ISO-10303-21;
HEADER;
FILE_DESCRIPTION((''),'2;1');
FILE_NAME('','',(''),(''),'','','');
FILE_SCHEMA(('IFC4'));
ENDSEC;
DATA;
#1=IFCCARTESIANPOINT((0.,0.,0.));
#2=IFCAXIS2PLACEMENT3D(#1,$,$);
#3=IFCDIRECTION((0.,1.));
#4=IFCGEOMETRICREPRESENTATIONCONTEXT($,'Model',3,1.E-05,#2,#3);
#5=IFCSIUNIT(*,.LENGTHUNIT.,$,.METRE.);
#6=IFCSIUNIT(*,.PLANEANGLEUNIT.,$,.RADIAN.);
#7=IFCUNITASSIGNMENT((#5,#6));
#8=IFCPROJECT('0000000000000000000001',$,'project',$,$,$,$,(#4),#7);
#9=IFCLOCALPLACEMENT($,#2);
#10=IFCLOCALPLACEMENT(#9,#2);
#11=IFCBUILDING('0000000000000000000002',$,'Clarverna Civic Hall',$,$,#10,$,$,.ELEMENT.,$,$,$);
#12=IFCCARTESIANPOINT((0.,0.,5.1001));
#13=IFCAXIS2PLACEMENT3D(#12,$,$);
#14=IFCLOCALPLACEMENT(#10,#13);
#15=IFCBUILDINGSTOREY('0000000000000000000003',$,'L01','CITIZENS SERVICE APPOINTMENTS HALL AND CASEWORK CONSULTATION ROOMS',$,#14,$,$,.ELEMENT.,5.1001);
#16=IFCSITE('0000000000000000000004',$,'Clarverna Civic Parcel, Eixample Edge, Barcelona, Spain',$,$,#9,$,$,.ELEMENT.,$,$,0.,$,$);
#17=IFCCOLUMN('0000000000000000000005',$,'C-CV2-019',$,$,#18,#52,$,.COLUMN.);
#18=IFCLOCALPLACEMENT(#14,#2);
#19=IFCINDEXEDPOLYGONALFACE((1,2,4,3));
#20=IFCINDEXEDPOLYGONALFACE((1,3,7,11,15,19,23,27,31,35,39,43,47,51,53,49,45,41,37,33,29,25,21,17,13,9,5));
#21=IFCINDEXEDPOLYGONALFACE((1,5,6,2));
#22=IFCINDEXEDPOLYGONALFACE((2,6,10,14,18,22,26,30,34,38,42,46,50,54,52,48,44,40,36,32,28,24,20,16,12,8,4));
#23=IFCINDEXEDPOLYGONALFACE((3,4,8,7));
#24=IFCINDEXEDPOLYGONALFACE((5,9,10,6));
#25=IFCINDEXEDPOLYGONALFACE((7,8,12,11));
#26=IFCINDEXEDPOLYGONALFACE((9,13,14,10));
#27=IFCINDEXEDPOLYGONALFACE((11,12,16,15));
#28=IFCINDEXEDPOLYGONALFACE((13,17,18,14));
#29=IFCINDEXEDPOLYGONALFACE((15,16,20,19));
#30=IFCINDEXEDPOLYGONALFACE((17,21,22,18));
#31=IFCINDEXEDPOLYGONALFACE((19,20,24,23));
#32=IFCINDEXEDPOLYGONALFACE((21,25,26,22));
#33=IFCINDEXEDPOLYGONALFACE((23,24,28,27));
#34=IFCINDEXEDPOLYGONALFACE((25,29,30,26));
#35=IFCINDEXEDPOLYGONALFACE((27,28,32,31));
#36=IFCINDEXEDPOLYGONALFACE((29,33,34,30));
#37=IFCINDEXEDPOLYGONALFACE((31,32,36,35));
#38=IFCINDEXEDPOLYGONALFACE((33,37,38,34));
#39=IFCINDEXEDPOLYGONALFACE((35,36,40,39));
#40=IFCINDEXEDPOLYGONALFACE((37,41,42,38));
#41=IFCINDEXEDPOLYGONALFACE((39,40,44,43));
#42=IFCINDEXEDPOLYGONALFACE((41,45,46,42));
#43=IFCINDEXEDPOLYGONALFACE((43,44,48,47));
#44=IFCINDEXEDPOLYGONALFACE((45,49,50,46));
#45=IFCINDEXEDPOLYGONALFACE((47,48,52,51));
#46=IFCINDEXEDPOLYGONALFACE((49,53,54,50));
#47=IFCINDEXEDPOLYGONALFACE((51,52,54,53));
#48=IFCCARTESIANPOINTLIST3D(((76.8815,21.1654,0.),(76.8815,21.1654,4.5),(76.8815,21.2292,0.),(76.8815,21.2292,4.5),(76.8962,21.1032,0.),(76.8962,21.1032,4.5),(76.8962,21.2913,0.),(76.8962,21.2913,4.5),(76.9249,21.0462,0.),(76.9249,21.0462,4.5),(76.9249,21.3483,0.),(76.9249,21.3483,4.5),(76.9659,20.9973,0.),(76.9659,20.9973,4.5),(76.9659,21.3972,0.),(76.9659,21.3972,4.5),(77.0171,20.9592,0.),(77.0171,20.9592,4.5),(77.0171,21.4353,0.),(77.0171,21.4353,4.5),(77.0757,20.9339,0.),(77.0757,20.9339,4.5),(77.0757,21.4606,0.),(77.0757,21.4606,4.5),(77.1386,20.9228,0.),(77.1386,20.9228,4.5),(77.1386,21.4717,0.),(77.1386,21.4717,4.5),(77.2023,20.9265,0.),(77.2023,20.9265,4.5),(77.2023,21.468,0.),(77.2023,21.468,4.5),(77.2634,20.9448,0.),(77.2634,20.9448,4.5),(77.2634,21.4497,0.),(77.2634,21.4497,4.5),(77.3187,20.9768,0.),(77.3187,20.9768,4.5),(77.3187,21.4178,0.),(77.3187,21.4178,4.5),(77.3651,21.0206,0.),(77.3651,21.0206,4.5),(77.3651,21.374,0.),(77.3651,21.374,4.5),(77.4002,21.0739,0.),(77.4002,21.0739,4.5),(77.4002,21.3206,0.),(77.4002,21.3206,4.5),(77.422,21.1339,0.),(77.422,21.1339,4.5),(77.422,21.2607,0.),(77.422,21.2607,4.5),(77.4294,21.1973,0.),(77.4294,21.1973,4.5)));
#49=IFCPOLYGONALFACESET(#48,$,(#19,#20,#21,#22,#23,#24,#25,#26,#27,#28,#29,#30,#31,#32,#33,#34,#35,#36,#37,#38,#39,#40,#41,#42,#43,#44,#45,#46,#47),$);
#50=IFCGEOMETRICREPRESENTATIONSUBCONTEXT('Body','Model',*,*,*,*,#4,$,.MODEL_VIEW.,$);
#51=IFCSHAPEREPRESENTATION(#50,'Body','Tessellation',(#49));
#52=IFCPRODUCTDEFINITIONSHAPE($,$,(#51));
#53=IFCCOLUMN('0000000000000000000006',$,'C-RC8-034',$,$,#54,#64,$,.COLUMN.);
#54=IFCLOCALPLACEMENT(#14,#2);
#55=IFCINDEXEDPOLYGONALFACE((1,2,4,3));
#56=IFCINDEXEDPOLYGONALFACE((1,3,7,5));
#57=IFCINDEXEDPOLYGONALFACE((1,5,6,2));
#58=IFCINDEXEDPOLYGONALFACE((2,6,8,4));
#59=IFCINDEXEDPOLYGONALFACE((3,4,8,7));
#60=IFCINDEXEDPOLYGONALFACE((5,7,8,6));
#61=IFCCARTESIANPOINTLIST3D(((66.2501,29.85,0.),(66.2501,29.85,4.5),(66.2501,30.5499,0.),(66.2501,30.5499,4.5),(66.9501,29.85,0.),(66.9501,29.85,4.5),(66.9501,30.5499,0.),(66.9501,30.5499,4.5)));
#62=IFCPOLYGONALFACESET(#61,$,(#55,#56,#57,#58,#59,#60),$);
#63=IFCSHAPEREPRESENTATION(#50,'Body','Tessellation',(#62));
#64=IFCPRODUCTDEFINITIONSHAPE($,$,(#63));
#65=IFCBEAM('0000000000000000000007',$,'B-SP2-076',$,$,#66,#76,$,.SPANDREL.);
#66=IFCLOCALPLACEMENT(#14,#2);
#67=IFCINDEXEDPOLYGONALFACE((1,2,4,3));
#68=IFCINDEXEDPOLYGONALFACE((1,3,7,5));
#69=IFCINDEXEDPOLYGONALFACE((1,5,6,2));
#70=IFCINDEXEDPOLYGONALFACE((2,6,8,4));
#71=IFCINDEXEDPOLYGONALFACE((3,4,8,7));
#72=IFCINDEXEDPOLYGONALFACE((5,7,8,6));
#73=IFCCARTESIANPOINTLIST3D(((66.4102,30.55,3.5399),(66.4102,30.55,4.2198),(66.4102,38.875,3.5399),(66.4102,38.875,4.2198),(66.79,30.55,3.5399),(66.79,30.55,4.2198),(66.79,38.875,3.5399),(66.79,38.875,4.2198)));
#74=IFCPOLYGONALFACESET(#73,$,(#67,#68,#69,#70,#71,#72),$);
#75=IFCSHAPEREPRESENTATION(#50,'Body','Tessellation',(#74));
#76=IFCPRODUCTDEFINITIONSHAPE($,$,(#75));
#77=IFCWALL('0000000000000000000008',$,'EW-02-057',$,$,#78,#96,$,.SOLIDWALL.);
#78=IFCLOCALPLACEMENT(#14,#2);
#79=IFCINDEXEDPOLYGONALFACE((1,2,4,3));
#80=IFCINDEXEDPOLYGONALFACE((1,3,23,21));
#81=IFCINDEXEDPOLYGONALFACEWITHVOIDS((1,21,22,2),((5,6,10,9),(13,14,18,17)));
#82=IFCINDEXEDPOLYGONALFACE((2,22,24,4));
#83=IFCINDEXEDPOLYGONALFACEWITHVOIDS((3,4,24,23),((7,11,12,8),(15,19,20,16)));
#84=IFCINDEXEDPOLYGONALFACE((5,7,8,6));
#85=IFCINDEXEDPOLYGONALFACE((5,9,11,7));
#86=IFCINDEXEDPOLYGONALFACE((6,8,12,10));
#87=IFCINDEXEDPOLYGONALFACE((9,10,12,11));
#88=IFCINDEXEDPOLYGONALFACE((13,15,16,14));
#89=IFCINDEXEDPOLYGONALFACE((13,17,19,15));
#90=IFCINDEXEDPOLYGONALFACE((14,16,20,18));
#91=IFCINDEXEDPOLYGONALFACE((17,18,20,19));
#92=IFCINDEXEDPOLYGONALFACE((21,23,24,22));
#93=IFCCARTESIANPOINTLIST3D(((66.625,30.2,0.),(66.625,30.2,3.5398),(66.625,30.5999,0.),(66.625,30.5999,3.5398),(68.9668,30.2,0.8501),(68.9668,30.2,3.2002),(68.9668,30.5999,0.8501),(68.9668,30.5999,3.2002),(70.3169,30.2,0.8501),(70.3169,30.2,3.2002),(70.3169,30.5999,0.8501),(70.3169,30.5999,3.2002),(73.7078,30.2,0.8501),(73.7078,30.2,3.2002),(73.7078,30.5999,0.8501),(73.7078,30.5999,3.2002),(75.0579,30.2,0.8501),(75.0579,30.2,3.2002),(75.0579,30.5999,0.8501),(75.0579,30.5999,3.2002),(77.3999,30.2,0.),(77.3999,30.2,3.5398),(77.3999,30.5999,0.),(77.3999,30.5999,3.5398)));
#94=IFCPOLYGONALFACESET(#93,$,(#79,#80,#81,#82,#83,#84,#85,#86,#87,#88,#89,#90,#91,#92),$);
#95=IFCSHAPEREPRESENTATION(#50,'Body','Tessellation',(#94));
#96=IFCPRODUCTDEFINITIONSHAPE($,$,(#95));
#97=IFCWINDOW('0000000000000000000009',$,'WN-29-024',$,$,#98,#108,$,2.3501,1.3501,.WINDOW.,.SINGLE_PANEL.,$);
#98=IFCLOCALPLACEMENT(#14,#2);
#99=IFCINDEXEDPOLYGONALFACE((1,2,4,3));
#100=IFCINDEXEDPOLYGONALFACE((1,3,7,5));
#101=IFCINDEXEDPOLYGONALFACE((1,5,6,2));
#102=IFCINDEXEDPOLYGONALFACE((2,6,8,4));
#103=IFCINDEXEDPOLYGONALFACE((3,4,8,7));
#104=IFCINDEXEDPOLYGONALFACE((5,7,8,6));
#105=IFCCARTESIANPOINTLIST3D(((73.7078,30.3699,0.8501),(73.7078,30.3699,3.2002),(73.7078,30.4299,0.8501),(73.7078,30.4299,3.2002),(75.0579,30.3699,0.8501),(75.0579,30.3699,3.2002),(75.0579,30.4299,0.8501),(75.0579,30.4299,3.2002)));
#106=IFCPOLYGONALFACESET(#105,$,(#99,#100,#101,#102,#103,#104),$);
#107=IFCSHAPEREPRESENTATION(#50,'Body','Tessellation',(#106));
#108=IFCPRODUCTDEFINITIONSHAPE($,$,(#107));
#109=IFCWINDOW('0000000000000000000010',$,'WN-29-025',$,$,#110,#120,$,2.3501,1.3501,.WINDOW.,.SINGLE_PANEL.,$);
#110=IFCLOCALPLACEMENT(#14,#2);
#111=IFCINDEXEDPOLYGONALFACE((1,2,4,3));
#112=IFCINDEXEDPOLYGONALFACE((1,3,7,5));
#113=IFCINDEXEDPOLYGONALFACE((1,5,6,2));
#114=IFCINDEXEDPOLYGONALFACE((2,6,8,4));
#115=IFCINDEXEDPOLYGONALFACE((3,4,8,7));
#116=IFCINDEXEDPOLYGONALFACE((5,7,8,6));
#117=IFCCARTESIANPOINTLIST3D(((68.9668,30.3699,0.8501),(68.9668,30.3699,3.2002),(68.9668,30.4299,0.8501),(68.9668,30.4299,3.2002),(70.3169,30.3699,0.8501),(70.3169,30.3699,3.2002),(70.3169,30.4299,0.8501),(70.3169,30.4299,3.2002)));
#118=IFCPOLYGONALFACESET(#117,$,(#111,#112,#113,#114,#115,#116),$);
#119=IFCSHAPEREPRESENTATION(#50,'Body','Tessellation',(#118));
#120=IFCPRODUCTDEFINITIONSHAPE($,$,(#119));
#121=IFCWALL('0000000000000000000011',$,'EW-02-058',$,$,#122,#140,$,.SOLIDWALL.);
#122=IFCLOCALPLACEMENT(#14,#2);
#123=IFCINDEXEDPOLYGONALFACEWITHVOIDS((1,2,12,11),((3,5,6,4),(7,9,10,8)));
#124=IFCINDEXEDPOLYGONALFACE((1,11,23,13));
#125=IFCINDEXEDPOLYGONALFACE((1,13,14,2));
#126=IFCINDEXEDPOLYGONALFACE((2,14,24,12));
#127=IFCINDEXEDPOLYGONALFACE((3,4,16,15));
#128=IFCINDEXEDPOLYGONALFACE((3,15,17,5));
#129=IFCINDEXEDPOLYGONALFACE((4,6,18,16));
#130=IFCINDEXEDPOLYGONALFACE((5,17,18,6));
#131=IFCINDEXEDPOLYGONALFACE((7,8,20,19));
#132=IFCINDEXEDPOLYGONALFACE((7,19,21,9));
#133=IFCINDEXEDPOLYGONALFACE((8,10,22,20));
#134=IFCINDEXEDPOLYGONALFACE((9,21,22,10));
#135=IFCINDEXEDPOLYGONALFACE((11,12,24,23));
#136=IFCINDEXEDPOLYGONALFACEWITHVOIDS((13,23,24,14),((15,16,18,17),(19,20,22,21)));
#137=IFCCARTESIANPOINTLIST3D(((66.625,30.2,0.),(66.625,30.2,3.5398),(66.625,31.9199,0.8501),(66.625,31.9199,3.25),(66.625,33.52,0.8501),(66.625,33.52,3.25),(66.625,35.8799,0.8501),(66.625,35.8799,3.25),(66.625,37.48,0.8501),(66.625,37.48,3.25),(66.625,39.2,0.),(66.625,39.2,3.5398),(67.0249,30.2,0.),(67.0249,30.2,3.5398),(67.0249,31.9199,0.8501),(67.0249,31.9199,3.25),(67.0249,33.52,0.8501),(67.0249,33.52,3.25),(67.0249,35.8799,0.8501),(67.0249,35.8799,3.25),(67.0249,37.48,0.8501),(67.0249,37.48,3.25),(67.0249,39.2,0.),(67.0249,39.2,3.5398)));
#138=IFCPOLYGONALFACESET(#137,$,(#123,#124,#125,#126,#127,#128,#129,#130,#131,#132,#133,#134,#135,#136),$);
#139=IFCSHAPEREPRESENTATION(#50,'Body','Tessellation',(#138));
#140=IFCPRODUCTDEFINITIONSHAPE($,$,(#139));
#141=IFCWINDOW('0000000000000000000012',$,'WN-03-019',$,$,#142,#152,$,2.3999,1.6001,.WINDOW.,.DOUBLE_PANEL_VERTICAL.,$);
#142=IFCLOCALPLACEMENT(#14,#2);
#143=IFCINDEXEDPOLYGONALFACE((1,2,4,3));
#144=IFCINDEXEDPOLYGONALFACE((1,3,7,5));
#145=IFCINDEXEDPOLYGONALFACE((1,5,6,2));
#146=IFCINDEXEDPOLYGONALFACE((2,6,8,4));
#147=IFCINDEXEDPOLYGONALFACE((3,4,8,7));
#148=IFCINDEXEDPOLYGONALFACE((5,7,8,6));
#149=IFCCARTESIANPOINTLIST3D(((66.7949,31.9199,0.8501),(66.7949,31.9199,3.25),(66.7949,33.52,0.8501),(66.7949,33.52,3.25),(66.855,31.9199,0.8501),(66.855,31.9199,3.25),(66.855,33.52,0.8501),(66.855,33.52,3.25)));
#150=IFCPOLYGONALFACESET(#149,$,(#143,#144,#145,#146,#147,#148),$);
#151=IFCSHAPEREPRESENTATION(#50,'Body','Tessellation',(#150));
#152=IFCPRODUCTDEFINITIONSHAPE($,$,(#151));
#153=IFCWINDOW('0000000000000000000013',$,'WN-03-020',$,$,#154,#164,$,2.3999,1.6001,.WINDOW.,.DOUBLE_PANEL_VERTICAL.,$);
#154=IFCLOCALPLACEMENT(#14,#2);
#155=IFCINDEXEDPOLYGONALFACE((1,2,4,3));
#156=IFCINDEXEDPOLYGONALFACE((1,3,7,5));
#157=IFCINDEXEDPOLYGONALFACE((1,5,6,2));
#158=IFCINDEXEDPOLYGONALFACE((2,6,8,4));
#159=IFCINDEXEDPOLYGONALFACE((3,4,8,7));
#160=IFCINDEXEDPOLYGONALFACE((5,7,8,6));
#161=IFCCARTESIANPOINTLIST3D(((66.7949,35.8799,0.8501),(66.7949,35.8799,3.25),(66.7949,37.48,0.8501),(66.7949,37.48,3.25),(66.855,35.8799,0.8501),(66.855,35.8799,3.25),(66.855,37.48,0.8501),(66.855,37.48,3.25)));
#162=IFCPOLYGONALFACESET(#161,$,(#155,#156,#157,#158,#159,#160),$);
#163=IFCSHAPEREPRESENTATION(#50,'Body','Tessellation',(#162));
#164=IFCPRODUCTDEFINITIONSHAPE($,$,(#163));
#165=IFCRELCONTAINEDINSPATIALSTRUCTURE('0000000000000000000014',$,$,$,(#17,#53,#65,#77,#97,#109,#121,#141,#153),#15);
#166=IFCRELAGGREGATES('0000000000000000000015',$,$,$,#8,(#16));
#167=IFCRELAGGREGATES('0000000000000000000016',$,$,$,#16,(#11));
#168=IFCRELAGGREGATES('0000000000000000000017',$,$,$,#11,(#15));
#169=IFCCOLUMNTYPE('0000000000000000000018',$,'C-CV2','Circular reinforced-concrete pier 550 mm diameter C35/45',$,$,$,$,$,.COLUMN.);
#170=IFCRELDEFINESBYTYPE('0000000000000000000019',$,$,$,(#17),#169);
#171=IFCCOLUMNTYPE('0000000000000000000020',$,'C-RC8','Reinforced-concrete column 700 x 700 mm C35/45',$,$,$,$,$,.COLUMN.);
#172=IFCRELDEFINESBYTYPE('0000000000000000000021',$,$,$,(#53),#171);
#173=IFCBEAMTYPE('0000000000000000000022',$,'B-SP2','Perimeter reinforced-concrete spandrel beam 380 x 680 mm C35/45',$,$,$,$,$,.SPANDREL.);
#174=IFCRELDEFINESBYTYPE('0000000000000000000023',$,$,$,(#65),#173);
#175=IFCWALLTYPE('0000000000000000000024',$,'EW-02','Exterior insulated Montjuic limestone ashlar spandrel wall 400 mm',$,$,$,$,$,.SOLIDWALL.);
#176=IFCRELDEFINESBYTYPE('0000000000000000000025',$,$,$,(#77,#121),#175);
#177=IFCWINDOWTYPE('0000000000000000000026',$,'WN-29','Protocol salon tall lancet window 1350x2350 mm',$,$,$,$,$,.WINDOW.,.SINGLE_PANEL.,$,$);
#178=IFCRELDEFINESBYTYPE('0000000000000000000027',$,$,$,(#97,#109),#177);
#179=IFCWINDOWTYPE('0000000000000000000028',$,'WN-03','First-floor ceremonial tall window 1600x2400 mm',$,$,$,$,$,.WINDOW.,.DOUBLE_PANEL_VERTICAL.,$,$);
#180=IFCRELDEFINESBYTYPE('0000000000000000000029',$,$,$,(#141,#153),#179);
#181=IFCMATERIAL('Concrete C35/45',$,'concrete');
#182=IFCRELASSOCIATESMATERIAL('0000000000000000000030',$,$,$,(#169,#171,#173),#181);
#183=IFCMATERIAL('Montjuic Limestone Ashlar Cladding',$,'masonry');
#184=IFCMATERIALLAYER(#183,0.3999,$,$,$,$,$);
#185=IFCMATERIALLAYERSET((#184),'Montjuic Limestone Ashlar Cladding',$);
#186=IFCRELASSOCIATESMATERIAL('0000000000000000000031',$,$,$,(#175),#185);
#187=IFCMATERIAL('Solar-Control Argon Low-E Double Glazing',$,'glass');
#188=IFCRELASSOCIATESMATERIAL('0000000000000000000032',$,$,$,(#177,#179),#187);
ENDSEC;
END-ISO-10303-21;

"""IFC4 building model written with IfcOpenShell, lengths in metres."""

from ifc_helpers import new_model, si_unit, direction, frame, frame_2d, origin, origin_2d, place, context, subcontext, project, spatial, rectangle, circle, extrude, material, layer, layer_set, material_profile, profile_set, type_object, element, fill, save


model = new_model("IFC4")

# Units and contexts
model_context = context("Model", 3, precision=1e-05, world=origin(), true_north=direction((0.0, 1.0)))
body_context = subcontext(model_context, "Body", "Model", "MODEL_VIEW")
ifc_project = project(units=[si_unit("LENGTHUNIT", "METRE"), si_unit("PLANEANGLEUNIT", "RADIAN")], contexts=[model_context])

# Site, building, storey
site_placement = place(None, origin())
site = spatial("IfcSite", under=ifc_project, at=site_placement, Name="Clarverna Civic Parcel, Eixample Edge, Barcelona, Spain", CompositionType="ELEMENT", RefElevation=0.0)
building_placement = place(site_placement, origin())
building = spatial("IfcBuilding", under=site, at=building_placement, Name="Clarverna Civic Hall", CompositionType="ELEMENT")
storey_placement = place(building_placement, frame((0.0, 0.0, 5.1001)))
storey = spatial("IfcBuildingStorey", under=building, at=storey_placement, Name="L01", Description="CITIZENS SERVICE APPOINTMENTS HALL AND CASEWORK CONSULTATION ROOMS", CompositionType="ELEMENT", Elevation=5.1001)

# Columns
ifc_material_1 = material(Name="Concrete C35/45", Category="concrete")
ifc_material_profile_1 = material_profile(ifc_material_1, circle(Radius=0.2749, at=origin_2d()), Name="RC D550")
ifc_profile_set_1 = profile_set([ifc_material_profile_1], Name="Concrete C35/45")
column_type_1 = type_object("IfcColumnType", Name="C-CV2", Description="Circular reinforced-concrete pier 550 mm diameter C35/45", PredefinedType="COLUMN", material=ifc_profile_set_1)
column_1_placement = place(storey_placement, frame((77.1545, 21.1973, 0.0), z_axis=(0.0, 0.0, 1.0), x_axis=(1.0, 0.0, 0.0)))
element("IfcColumn", 1, at=column_1_placement, inside=storey, type_object=column_type_1, Name="C-CV2-019", PredefinedType="COLUMN", context=body_context, shape_type="SweptSolid", body=[
    extrude(circle(Radius=0.2749, at=origin_2d()), origin(), (0.0, 0.0, 1.0), 4.5),
])
ifc_material_profile_2 = material_profile(ifc_material_1, rectangle(XDim=0.7, YDim=0.7, at=origin_2d()), Name="RC 700x700")
ifc_profile_set_2 = profile_set([ifc_material_profile_2], Name="Concrete C35/45")
column_type_2 = type_object("IfcColumnType", Name="C-RC8", Description="Reinforced-concrete column 700 x 700 mm C35/45", PredefinedType="COLUMN", material=ifc_profile_set_2)
column_2_placement = place(storey_placement, frame((66.6001, 30.2, 0.0), z_axis=(0.0, 0.0, 1.0), x_axis=(1.0, 0.0, 0.0)))
element("IfcColumn", 2, at=column_2_placement, inside=storey, type_object=column_type_2, Name="C-RC8-034", PredefinedType="COLUMN", context=body_context, shape_type="SweptSolid", body=[
    extrude(rectangle(XDim=0.7, YDim=0.7, at=origin_2d()), origin(), (0.0, 0.0, 1.0), 4.5),
])

# Beam
ifc_material_profile_3 = material_profile(ifc_material_1, rectangle(XDim=0.3799, YDim=0.6799, at=origin_2d()), Name="RC 380x680")
ifc_profile_set_3 = profile_set([ifc_material_profile_3], Name="Concrete C35/45")
beam_type = type_object("IfcBeamType", Name="B-SP2", Description="Perimeter reinforced-concrete spandrel beam 380 x 680 mm C35/45", PredefinedType="SPANDREL", material=ifc_profile_set_3)
beam_placement = place(storey_placement, frame((66.6001, 30.55, 3.8799), z_axis=(0.0, 1.0, 0.0), x_axis=(-1.0, 0.0, 0.0)))
element("IfcBeam", 3, at=beam_placement, inside=storey, type_object=beam_type, Name="B-SP2-076", PredefinedType="SPANDREL", context=body_context, shape_type="SweptSolid", body=[
    extrude(rectangle(XDim=0.3799, YDim=0.6799, at=origin_2d()), origin(), (0.0, 0.0, 1.0), 8.325),
])

# Walls, openings, windows
ifc_material_2 = material(Name="Montjuic Limestone Ashlar Cladding", Category="masonry")
ifc_layer_1 = layer(ifc_material_2, 0.3999)
ifc_layer_set_1 = layer_set([ifc_layer_1], Name="Montjuic Limestone Ashlar Cladding")
wall_type_1 = type_object("IfcWallType", Name="EW-02", Description="Exterior insulated Montjuic limestone ashlar spandrel wall 400 mm", PredefinedType="SOLIDWALL", material=ifc_layer_set_1)
wall_1_placement = place(storey_placement, frame((77.3999, 30.3999, 0.0), z_axis=(0.0, 0.0, 1.0), x_axis=(-1.0, 0.0, 0.0)))
wall_1 = element("IfcWall", 4, at=wall_1_placement, inside=storey, type_object=wall_type_1, Name="EW-02-057", PredefinedType="SOLIDWALL", context=body_context, shape_type="SweptSolid", body=[
    extrude(rectangle(XDim=10.7749, YDim=0.3999, at=frame_2d((5.3875, 0.0))), origin(), (0.0, 0.0, 1.0), 3.5398),
])
opening_1_placement = place(wall_1_placement, frame((2.342, 0.0, 0.8501)))
opening_1 = element("IfcOpeningElement", 5, at=opening_1_placement, cuts=wall_1, PredefinedType="OPENING", context=body_context, shape_type="SweptSolid", body=[
    extrude(rectangle(XDim=1.3501, YDim=2.3501, at=frame_2d((0.675, 1.175))), frame((0.0, 0.21, 0.0), z_axis=(0.0, -1.0, 0.0), x_axis=(1.0, 0.0, 0.0)), (0.0, 0.0, 1.0), 0.4199),
])
opening_2_placement = place(wall_1_placement, frame((7.083, 0.0, 0.8501)))
opening_2 = element("IfcOpeningElement", 6, at=opening_2_placement, cuts=wall_1, PredefinedType="OPENING", context=body_context, shape_type="SweptSolid", body=[
    extrude(rectangle(XDim=1.3501, YDim=2.3501, at=frame_2d((0.675, 1.175))), frame((0.0, 0.21, 0.0), z_axis=(0.0, -1.0, 0.0), x_axis=(1.0, 0.0, 0.0)), (0.0, 0.0, 1.0), 0.4199),
])
ifc_material_3 = material(Name="Solar-Control Argon Low-E Double Glazing", Category="glass")
window_type_1 = type_object("IfcWindowType", Name="WN-29", Description="Protocol salon tall lancet window 1350x2350 mm", PartitioningType="SINGLE_PANEL", PredefinedType="WINDOW", material=ifc_material_3)
window_1_placement = place(opening_1_placement, origin())
window_1 = element("IfcWindow", 7, at=window_1_placement, inside=storey, type_object=window_type_1, Name="WN-29-024", OverallHeight=2.3501, OverallWidth=1.3501, PartitioningType="SINGLE_PANEL", PredefinedType="WINDOW", context=body_context, shape_type="SweptSolid", body=[
    extrude(rectangle(XDim=1.3501, YDim=2.3501, at=frame_2d((0.675, 1.175))), frame((0.0, 0.03, 0.0), z_axis=(0.0, -1.0, 0.0), x_axis=(1.0, 0.0, 0.0)), (0.0, 0.0, 1.0), 0.0601),
])
fill(opening_1, window_1)
window_2_placement = place(opening_2_placement, origin())
window_2 = element("IfcWindow", 8, at=window_2_placement, inside=storey, type_object=window_type_1, Name="WN-29-025", OverallHeight=2.3501, OverallWidth=1.3501, PartitioningType="SINGLE_PANEL", PredefinedType="WINDOW", context=body_context, shape_type="SweptSolid", body=[
    extrude(rectangle(XDim=1.3501, YDim=2.3501, at=frame_2d((0.675, 1.175))), frame((0.0, 0.03, 0.0), z_axis=(0.0, -1.0, 0.0), x_axis=(1.0, 0.0, 0.0)), (0.0, 0.0, 1.0), 0.0601),
])
fill(opening_2, window_2)
wall_2_placement = place(storey_placement, frame((66.825, 30.2, 0.0), z_axis=(0.0, 0.0, 1.0), x_axis=(0.0, 1.0, 0.0)))
wall_2 = element("IfcWall", 9, at=wall_2_placement, inside=storey, type_object=wall_type_1, Name="EW-02-058", PredefinedType="SOLIDWALL", context=body_context, shape_type="SweptSolid", body=[
    extrude(rectangle(XDim=9.0, YDim=0.3999, at=frame_2d((4.5, 0.0))), origin(), (0.0, 0.0, 1.0), 3.5398),
])
opening_3_placement = place(wall_2_placement, frame((1.72, 0.0, 0.8501)))
opening_3 = element("IfcOpeningElement", 10, at=opening_3_placement, cuts=wall_2, PredefinedType="OPENING", context=body_context, shape_type="SweptSolid", body=[
    extrude(rectangle(XDim=1.6001, YDim=2.3999, at=frame_2d((0.8, 1.2))), frame((0.0, 0.21, 0.0), z_axis=(0.0, -1.0, 0.0), x_axis=(1.0, 0.0, 0.0)), (0.0, 0.0, 1.0), 0.4199),
])
opening_4_placement = place(wall_2_placement, frame((5.6799, 0.0, 0.8501)))
opening_4 = element("IfcOpeningElement", 11, at=opening_4_placement, cuts=wall_2, PredefinedType="OPENING", context=body_context, shape_type="SweptSolid", body=[
    extrude(rectangle(XDim=1.6001, YDim=2.3999, at=frame_2d((0.8, 1.2))), frame((0.0, 0.21, 0.0), z_axis=(0.0, -1.0, 0.0), x_axis=(1.0, 0.0, 0.0)), (0.0, 0.0, 1.0), 0.4199),
])
window_type_2 = type_object("IfcWindowType", Name="WN-03", Description="First-floor ceremonial tall window 1600x2400 mm", PartitioningType="DOUBLE_PANEL_VERTICAL", PredefinedType="WINDOW", material=ifc_material_3)
window_3_placement = place(opening_3_placement, origin())
window_3 = element("IfcWindow", 12, at=window_3_placement, inside=storey, type_object=window_type_2, Name="WN-03-019", OverallHeight=2.3999, OverallWidth=1.6001, PartitioningType="DOUBLE_PANEL_VERTICAL", PredefinedType="WINDOW", context=body_context, shape_type="SweptSolid", body=[
    extrude(rectangle(XDim=1.6001, YDim=2.3999, at=frame_2d((0.8, 1.2))), frame((0.0, 0.03, 0.0), z_axis=(0.0, -1.0, 0.0), x_axis=(1.0, 0.0, 0.0)), (0.0, 0.0, 1.0), 0.0601),
])
fill(opening_3, window_3)
window_4_placement = place(opening_4_placement, origin())
window_4 = element("IfcWindow", 13, at=window_4_placement, inside=storey, type_object=window_type_2, Name="WN-03-020", OverallHeight=2.3999, OverallWidth=1.6001, PartitioningType="DOUBLE_PANEL_VERTICAL", PredefinedType="WINDOW", context=body_context, shape_type="SweptSolid", body=[
    extrude(rectangle(XDim=1.6001, YDim=2.3999, at=frame_2d((0.8, 1.2))), frame((0.0, 0.03, 0.0), z_axis=(0.0, -1.0, 0.0), x_axis=(1.0, 0.0, 0.0)), (0.0, 0.0, 1.0), 0.0601),
])
fill(opening_4, window_4)

save(model, "model.ifc")
